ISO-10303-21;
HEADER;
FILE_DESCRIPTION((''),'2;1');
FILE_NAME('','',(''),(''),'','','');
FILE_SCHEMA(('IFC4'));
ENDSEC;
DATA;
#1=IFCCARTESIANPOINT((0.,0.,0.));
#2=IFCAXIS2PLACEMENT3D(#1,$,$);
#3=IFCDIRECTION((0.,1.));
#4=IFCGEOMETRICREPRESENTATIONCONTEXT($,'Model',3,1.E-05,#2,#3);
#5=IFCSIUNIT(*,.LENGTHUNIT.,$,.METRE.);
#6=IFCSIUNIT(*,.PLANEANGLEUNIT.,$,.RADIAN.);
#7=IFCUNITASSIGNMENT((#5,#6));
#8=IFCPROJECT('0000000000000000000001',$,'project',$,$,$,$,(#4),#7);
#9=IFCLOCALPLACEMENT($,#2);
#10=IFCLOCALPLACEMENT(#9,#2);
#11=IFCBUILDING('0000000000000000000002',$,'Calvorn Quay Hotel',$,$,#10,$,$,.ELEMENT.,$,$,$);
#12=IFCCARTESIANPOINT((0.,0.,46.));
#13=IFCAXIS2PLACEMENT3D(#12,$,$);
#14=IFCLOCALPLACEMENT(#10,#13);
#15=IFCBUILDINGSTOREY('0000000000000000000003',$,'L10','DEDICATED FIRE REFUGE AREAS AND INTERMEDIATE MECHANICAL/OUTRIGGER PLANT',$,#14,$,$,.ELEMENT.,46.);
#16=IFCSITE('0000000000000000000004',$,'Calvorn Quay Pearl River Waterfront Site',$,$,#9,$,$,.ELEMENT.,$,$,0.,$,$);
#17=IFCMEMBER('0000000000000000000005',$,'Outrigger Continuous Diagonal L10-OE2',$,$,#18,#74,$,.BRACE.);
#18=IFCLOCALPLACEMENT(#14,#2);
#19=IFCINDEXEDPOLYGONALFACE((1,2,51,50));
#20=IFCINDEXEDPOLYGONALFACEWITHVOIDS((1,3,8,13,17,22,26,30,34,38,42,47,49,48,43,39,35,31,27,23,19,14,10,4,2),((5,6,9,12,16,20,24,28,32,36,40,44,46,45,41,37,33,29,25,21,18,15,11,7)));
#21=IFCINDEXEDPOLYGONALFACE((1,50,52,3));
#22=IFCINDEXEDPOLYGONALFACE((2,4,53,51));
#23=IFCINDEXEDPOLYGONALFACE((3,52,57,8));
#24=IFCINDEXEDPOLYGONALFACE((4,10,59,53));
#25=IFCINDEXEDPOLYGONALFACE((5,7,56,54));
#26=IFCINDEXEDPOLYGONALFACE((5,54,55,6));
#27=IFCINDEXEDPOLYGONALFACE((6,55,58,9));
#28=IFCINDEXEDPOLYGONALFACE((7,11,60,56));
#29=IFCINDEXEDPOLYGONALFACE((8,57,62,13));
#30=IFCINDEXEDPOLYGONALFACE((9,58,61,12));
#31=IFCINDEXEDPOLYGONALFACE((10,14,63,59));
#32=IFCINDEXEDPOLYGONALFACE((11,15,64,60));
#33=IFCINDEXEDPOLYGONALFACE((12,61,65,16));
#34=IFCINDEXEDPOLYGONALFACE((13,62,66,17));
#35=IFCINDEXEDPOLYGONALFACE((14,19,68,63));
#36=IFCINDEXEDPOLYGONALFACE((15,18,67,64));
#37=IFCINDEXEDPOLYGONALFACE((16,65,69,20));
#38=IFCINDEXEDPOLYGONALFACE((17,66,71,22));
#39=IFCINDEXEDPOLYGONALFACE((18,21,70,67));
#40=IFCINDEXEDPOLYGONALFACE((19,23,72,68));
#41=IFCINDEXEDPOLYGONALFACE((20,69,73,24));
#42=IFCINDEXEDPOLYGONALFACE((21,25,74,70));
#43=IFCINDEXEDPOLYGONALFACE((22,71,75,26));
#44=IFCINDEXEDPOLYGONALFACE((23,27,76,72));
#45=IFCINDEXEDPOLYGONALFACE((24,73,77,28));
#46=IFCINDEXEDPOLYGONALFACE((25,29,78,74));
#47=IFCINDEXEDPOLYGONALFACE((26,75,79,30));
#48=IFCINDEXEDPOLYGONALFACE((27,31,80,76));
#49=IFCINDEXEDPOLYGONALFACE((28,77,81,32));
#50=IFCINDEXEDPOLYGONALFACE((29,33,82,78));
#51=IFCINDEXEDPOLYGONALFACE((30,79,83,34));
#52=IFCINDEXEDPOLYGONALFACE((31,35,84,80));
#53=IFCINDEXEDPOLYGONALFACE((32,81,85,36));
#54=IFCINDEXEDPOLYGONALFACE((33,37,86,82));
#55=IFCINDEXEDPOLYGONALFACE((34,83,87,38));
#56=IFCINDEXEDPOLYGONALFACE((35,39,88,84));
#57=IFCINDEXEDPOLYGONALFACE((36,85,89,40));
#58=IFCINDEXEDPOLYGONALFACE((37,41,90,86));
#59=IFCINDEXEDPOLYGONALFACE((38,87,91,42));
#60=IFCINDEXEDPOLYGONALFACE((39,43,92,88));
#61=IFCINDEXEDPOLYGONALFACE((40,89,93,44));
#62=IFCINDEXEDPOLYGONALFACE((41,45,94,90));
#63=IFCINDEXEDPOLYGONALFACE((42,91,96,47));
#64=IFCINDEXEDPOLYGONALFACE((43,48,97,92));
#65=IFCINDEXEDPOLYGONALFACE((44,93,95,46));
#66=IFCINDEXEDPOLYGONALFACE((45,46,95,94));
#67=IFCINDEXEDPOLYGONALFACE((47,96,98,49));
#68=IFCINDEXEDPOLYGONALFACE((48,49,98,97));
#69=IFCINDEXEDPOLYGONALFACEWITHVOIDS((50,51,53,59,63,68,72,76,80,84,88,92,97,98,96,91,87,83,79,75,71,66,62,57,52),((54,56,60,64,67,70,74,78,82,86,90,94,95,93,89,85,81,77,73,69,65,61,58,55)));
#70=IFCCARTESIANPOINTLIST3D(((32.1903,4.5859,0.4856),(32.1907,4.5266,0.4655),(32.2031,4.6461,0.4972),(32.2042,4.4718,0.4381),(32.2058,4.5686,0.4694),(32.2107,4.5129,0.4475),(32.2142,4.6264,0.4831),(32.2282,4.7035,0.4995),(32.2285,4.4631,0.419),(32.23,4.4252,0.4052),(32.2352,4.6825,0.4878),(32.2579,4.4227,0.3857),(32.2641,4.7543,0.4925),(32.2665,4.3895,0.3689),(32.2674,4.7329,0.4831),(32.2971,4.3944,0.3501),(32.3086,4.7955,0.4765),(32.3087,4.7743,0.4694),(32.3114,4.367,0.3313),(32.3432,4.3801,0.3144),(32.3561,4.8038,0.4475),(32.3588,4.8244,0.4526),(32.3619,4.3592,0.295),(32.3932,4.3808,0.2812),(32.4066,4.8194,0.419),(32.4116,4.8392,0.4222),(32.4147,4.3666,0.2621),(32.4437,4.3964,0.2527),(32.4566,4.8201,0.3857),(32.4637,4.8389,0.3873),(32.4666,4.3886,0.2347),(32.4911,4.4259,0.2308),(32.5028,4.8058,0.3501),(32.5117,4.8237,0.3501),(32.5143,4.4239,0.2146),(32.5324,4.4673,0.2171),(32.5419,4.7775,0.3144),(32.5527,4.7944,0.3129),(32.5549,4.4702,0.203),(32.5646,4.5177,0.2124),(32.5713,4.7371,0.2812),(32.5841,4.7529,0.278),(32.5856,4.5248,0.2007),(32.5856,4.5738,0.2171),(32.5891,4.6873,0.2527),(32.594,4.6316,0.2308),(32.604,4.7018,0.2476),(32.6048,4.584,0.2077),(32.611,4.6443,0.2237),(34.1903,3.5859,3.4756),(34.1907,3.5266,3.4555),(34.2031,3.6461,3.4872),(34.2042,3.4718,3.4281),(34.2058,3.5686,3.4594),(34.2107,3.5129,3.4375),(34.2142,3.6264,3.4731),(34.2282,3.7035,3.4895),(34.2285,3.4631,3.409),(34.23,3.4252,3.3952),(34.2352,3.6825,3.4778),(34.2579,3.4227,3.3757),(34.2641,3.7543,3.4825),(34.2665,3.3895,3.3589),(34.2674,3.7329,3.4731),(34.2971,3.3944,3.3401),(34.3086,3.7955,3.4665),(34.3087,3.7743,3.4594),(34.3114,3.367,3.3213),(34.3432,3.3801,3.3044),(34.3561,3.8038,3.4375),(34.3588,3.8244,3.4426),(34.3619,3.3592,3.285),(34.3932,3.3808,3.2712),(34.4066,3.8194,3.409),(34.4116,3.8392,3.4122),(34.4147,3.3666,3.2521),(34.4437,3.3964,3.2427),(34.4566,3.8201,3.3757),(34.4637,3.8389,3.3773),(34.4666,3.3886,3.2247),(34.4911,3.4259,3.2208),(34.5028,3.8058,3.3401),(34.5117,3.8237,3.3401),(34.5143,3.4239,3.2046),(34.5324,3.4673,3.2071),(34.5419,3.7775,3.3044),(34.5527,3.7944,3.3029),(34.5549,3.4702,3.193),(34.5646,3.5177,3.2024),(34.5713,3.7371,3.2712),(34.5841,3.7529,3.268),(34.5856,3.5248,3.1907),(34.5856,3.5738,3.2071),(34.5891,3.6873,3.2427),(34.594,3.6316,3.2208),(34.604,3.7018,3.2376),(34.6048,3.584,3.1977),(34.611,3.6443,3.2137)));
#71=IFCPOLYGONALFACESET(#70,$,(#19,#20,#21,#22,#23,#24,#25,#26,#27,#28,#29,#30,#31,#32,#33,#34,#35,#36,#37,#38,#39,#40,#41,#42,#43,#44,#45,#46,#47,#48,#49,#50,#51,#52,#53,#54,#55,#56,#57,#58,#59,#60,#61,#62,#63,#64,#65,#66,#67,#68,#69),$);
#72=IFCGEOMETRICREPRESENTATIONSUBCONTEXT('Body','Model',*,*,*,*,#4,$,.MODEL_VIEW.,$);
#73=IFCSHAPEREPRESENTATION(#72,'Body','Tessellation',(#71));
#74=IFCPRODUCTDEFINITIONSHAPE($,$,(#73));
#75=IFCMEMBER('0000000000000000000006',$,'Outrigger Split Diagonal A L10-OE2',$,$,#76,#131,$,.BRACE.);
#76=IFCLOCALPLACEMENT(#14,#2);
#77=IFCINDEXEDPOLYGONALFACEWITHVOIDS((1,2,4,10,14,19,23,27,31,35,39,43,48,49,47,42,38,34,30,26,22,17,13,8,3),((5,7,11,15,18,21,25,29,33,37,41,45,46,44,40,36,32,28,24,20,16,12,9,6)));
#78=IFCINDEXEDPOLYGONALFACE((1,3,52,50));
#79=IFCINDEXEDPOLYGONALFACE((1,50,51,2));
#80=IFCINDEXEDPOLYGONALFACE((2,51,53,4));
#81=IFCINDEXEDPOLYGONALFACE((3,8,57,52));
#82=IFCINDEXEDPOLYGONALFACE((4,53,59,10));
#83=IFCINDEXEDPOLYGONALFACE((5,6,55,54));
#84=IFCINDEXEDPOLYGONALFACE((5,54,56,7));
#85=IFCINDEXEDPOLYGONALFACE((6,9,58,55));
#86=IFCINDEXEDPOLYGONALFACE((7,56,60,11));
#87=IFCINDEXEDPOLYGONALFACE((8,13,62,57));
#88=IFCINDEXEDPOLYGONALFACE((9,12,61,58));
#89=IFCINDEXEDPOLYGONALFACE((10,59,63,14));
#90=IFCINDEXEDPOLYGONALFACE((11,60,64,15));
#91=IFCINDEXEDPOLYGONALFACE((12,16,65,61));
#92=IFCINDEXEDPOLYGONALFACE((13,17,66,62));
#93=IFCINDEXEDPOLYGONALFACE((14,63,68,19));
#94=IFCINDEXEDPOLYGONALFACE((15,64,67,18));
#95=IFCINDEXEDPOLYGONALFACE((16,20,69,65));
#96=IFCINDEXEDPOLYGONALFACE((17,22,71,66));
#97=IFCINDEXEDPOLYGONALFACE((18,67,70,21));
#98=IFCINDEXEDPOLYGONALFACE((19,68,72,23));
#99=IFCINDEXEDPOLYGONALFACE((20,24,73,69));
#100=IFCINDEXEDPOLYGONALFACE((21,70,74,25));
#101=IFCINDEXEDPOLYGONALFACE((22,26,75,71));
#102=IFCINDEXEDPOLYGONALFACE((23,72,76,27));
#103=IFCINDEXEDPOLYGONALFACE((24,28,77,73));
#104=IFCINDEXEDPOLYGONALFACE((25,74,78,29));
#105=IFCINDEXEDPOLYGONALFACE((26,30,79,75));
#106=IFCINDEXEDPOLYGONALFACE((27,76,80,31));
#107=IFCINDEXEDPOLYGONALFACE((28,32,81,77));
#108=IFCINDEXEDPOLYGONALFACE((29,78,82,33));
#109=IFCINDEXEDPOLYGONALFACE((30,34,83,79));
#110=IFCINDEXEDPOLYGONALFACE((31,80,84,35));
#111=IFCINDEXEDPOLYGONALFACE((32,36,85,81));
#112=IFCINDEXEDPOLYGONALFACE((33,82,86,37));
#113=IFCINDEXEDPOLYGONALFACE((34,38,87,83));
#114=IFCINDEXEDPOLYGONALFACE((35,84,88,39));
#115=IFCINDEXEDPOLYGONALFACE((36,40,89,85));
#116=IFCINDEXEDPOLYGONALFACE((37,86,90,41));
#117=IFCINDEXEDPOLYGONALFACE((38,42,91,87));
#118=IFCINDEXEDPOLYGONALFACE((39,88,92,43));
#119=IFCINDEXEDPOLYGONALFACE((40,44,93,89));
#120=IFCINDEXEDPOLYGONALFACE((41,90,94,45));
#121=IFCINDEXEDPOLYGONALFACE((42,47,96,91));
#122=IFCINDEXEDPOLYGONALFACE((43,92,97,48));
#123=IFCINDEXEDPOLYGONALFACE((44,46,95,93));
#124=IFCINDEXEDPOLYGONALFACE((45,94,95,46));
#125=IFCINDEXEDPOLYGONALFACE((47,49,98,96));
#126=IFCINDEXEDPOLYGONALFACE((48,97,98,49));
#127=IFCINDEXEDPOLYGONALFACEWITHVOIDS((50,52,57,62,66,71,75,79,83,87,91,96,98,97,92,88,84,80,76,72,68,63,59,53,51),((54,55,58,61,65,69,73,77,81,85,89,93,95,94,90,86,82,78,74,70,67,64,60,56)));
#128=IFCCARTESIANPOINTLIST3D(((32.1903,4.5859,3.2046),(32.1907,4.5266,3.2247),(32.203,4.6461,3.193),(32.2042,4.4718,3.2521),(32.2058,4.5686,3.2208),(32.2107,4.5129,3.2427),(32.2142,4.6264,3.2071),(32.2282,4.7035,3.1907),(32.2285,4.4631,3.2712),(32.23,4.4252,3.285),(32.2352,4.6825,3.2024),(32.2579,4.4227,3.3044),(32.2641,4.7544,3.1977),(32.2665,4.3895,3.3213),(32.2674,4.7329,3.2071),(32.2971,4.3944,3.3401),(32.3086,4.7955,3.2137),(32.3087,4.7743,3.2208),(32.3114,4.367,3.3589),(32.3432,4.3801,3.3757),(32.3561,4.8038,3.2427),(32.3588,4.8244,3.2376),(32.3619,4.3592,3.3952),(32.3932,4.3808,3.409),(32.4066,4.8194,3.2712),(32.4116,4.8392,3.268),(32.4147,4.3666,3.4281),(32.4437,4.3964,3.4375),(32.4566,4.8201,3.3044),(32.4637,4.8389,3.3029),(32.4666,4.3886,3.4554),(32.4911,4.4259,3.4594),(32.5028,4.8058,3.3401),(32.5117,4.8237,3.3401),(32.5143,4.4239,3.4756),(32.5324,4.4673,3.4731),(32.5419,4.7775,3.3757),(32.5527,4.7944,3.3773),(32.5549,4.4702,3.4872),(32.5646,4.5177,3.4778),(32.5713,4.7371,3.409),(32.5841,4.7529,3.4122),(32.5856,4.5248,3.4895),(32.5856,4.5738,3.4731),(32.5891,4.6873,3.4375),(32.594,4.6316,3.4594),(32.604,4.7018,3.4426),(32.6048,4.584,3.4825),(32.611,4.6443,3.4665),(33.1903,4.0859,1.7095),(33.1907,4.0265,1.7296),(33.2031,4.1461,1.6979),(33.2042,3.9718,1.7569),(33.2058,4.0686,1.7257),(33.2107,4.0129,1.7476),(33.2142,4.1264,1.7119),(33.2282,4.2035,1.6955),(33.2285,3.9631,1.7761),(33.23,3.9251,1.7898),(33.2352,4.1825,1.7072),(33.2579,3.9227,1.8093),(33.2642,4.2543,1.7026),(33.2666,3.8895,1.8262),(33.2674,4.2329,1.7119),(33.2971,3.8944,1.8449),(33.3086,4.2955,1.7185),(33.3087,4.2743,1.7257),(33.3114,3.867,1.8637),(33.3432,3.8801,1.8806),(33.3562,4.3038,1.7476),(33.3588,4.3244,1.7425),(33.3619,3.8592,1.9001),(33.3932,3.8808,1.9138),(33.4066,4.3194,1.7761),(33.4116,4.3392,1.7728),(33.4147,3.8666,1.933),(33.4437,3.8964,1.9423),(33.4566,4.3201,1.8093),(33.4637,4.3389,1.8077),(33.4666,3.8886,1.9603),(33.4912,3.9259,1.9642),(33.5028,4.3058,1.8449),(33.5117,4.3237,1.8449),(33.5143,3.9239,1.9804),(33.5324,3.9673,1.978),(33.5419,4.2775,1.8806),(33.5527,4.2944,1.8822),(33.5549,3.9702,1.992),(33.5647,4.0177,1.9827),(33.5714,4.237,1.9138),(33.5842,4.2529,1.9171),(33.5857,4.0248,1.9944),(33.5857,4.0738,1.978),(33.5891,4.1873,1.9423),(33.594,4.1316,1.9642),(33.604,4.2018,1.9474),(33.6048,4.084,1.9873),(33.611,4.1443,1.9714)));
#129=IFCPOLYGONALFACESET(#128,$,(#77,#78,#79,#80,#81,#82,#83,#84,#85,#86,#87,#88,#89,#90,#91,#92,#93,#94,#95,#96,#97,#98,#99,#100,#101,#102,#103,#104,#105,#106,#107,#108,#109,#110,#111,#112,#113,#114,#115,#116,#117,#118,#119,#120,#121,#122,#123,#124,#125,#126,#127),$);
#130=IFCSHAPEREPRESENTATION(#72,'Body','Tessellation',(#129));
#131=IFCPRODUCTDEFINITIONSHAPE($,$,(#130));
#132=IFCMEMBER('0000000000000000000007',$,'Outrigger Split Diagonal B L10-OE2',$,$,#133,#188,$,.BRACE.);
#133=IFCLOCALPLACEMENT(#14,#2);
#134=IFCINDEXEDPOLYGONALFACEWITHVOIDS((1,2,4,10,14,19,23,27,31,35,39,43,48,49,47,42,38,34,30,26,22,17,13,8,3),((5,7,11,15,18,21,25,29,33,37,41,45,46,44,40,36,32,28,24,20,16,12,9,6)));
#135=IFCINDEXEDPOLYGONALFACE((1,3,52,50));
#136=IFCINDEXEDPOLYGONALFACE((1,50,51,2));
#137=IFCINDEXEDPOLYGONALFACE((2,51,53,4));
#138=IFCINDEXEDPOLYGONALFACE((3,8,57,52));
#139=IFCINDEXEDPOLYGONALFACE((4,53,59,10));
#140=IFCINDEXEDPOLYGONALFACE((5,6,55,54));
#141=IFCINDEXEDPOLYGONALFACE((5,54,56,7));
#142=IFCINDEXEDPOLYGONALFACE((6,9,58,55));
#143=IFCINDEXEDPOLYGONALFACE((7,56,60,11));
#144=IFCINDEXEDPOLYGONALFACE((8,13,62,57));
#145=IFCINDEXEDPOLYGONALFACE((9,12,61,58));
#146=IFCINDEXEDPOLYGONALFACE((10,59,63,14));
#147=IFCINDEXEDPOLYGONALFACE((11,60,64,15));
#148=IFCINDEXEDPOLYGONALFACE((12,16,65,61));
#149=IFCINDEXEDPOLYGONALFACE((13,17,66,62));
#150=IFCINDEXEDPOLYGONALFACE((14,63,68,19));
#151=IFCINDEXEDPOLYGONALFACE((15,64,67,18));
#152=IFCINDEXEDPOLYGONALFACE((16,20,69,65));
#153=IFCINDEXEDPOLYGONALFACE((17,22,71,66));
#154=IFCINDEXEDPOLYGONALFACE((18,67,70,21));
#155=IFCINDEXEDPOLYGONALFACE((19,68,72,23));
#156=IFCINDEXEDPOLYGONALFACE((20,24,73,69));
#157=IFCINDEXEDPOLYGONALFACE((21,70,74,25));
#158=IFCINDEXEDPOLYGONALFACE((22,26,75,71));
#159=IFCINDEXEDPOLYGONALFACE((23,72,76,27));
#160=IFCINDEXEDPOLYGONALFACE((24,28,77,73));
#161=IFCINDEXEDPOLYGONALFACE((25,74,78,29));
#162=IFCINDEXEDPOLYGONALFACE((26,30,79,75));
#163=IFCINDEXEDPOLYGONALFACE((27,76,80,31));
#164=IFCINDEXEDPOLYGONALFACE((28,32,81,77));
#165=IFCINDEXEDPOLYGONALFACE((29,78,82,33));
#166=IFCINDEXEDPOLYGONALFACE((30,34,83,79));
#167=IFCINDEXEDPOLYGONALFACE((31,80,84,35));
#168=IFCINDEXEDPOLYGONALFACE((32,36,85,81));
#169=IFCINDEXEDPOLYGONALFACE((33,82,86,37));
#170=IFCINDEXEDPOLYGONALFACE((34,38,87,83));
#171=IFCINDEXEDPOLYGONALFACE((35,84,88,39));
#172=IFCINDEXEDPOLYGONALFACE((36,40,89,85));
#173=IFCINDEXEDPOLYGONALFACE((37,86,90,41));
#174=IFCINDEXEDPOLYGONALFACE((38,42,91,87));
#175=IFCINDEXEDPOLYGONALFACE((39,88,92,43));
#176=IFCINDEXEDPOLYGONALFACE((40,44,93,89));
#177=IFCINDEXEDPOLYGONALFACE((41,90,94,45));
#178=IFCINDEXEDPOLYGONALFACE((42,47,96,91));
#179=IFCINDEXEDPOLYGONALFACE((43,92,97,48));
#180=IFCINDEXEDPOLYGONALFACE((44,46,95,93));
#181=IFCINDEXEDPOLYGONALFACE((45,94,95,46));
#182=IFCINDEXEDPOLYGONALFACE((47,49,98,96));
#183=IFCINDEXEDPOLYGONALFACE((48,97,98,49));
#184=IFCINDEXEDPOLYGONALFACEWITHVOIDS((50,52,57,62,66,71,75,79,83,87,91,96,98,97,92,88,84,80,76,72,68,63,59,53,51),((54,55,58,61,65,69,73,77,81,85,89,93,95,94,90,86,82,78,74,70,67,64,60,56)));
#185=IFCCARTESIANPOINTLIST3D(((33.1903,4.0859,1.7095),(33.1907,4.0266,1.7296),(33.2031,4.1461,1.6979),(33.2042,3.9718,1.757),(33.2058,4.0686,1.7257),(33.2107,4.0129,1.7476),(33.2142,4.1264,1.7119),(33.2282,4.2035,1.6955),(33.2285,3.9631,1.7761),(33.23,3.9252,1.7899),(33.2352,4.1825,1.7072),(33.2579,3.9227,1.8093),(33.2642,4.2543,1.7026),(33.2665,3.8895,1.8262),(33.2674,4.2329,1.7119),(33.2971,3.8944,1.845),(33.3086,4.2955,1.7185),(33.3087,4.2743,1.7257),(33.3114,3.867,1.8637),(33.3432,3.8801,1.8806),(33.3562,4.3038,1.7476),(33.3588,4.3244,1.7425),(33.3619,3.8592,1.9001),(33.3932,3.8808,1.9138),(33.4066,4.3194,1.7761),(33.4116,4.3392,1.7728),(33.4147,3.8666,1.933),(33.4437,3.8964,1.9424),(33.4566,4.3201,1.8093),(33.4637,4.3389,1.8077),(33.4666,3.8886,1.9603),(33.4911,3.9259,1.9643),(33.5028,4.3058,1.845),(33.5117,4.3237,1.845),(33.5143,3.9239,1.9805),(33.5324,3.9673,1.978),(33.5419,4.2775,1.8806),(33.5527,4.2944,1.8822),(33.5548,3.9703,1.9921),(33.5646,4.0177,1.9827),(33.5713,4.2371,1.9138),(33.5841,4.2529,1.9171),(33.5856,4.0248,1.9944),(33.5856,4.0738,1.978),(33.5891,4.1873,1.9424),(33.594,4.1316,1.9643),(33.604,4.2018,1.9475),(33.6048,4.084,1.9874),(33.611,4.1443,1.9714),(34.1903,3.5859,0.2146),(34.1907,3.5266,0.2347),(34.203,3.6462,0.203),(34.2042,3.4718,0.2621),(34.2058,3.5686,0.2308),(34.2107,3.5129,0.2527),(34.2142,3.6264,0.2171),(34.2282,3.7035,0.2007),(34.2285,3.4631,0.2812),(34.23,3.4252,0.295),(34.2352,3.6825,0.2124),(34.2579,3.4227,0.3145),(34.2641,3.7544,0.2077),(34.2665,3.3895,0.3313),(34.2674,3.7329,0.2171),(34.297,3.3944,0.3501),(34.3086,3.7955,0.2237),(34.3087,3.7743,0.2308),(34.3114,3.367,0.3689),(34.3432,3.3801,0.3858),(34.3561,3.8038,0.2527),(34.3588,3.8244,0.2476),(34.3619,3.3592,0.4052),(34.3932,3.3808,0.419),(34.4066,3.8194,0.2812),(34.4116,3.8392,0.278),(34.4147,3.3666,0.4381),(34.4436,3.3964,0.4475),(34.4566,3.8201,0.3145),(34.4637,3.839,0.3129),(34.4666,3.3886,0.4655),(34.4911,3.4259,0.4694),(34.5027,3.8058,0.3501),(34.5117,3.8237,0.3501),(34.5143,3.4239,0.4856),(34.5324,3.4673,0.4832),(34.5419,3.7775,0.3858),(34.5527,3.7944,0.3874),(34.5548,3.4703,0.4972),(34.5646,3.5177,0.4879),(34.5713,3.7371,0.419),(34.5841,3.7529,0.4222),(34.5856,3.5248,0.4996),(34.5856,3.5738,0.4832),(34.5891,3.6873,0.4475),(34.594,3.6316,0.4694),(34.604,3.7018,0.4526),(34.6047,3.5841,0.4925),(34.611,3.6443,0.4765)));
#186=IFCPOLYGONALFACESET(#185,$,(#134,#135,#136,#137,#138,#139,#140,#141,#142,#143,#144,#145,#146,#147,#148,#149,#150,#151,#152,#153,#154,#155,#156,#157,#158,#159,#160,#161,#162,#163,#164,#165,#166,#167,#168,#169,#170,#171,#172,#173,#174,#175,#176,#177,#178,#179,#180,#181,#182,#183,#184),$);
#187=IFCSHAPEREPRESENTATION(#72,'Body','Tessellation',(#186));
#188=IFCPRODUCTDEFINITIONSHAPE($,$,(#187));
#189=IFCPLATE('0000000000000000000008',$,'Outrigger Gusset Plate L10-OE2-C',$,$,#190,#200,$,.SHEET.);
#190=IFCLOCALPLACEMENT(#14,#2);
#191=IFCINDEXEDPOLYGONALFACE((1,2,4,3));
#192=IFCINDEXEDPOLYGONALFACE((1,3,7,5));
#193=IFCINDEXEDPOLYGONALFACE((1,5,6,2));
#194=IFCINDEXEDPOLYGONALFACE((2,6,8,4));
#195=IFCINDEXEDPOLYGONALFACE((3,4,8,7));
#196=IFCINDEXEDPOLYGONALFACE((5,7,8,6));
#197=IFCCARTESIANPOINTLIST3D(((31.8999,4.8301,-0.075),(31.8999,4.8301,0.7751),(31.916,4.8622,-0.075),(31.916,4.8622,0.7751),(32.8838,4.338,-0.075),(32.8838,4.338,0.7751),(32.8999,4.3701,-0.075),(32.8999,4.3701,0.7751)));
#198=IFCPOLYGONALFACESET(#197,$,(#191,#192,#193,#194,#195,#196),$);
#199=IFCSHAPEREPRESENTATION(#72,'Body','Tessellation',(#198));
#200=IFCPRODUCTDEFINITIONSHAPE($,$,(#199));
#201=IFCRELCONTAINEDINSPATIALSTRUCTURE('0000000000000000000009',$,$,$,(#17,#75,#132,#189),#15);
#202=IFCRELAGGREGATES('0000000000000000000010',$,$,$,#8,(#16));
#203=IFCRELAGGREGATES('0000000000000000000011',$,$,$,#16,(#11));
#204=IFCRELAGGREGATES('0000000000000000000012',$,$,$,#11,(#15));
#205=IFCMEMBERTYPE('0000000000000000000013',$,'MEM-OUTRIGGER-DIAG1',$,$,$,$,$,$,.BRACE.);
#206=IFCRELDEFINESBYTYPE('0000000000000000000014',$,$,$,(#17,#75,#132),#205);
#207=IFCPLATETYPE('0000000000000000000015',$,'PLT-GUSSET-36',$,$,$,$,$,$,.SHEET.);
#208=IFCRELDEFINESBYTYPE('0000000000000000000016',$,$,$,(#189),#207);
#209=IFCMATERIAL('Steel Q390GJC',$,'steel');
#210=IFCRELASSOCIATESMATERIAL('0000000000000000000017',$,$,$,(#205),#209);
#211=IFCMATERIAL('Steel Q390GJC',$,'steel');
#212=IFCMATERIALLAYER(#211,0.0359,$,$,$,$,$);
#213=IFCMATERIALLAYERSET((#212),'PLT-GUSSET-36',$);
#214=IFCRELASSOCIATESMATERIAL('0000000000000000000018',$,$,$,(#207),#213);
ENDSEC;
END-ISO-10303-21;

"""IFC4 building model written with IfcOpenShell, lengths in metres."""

from ifc_helpers import new_model, si_unit, direction, frame, origin, origin_2d, place, context, subcontext, project, spatial, rectangle, hollow_circle, extrude, material, layer, layer_set, material_profile, profile_set, type_object, element, save


model = new_model("IFC4")

# Units and contexts
model_context = context("Model", 3, precision=1e-05, world=origin(), true_north=direction((0.0, 1.0)))
body_context = subcontext(model_context, "Body", "Model", "MODEL_VIEW")
ifc_project = project(units=[si_unit("LENGTHUNIT", "METRE"), si_unit("PLANEANGLEUNIT", "RADIAN")], contexts=[model_context])

# Site, building, storey
site_placement = place(None, origin())
site = spatial("IfcSite", under=ifc_project, at=site_placement, Name="Calvorn Quay Pearl River Waterfront Site", CompositionType="ELEMENT", RefElevation=0.0)
building_placement = place(site_placement, origin())
building = spatial("IfcBuilding", under=site, at=building_placement, Name="Calvorn Quay Hotel", CompositionType="ELEMENT")
storey_placement = place(building_placement, frame((0.0, 0.0, 46.0)))
storey = spatial("IfcBuildingStorey", under=building, at=storey_placement, Name="L10", Description="DEDICATED FIRE REFUGE AREAS AND INTERMEDIATE MECHANICAL/OUTRIGGER PLANT", CompositionType="ELEMENT", Elevation=46.0)

# Members
ifc_material_1 = material(Name="Steel Q390GJC", Category="steel")
ifc_material_profile_1 = material_profile(ifc_material_1, hollow_circle(Radius=0.25, WallThickness=0.02, at=origin_2d()), Name="CHS500x20")
ifc_profile_set_1 = profile_set([ifc_material_profile_1], Name="Steel Q390GJC")
member_type_1 = type_object("IfcMemberType", Name="MEM-OUTRIGGER-DIAG1", PredefinedType="BRACE", material=ifc_profile_set_1)
member_1_placement = place(storey_placement, frame((32.3999, 4.6001, 0.3501), z_axis=(0.535671, -0.267835, 0.800825), x_axis=(0.447214, 0.894427, 0.0)))
element("IfcMember", 1, at=member_1_placement, inside=storey, type_object=member_type_1, Name="Outrigger Continuous Diagonal L10-OE2", PredefinedType="BRACE", context=body_context, shape_type="SweptSolid", body=[
    extrude(hollow_circle(Radius=0.25, WallThickness=0.02, at=origin_2d()), origin(), (0.0, 0.0, 1.0), 3.7336),
])
member_2_placement = place(storey_placement, frame((32.3999, 4.6001, 3.3401), z_axis=(0.535643, -0.267821, -0.800849), x_axis=(0.447214, 0.894427, 0.0)))
element("IfcMember", 2, at=member_2_placement, inside=storey, type_object=member_type_1, Name="Outrigger Split Diagonal A L10-OE2", PredefinedType="BRACE", context=body_context, shape_type="SweptSolid", body=[
    extrude(hollow_circle(Radius=0.25, WallThickness=0.02, at=origin_2d()), origin(), (0.0, 0.0, 1.0), 1.8669),
])
member_3_placement = place(storey_placement, frame((33.3999, 4.1001, 1.845), z_axis=(0.535699, -0.267849, -0.800802), x_axis=(0.447214, 0.894427, 0.0)))
element("IfcMember", 3, at=member_3_placement, inside=storey, type_object=member_type_1, Name="Outrigger Split Diagonal B L10-OE2", PredefinedType="BRACE", context=body_context, shape_type="SweptSolid", body=[
    extrude(hollow_circle(Radius=0.25, WallThickness=0.02, at=origin_2d()), origin(), (0.0, 0.0, 1.0), 1.8667),
])

# Plate
ifc_material_2 = material(Name="Steel Q390GJC", Category="steel")
ifc_layer_1 = layer(ifc_material_2, 0.0359)
ifc_layer_set_1 = layer_set([ifc_layer_1], Name="PLT-GUSSET-36")
plate_type = type_object("IfcPlateType", Name="PLT-GUSSET-36", PredefinedType="SHEET", material=ifc_layer_set_1)
for number, where, z_axis, x_axis, name in (
    (4, (32.3999, 4.6001, -0.075), (0.0, 0.0, 1.0), (0.894389, -0.447291, 0.0), "Outrigger Gusset Plate L10-OE2-C"),
):
    element("IfcPlate", number, at=place(storey_placement, frame(where, z_axis=z_axis, x_axis=x_axis)), inside=storey, type_object=plate_type, Name=name, PredefinedType="SHEET", context=body_context, shape_type="SweptSolid", body=[
        extrude(rectangle(XDim=1.1001, YDim=0.0359, at=origin_2d()), origin(), (0.0, 0.0, 1.0), 0.8501),
    ])

save(model, "model.ifc")
